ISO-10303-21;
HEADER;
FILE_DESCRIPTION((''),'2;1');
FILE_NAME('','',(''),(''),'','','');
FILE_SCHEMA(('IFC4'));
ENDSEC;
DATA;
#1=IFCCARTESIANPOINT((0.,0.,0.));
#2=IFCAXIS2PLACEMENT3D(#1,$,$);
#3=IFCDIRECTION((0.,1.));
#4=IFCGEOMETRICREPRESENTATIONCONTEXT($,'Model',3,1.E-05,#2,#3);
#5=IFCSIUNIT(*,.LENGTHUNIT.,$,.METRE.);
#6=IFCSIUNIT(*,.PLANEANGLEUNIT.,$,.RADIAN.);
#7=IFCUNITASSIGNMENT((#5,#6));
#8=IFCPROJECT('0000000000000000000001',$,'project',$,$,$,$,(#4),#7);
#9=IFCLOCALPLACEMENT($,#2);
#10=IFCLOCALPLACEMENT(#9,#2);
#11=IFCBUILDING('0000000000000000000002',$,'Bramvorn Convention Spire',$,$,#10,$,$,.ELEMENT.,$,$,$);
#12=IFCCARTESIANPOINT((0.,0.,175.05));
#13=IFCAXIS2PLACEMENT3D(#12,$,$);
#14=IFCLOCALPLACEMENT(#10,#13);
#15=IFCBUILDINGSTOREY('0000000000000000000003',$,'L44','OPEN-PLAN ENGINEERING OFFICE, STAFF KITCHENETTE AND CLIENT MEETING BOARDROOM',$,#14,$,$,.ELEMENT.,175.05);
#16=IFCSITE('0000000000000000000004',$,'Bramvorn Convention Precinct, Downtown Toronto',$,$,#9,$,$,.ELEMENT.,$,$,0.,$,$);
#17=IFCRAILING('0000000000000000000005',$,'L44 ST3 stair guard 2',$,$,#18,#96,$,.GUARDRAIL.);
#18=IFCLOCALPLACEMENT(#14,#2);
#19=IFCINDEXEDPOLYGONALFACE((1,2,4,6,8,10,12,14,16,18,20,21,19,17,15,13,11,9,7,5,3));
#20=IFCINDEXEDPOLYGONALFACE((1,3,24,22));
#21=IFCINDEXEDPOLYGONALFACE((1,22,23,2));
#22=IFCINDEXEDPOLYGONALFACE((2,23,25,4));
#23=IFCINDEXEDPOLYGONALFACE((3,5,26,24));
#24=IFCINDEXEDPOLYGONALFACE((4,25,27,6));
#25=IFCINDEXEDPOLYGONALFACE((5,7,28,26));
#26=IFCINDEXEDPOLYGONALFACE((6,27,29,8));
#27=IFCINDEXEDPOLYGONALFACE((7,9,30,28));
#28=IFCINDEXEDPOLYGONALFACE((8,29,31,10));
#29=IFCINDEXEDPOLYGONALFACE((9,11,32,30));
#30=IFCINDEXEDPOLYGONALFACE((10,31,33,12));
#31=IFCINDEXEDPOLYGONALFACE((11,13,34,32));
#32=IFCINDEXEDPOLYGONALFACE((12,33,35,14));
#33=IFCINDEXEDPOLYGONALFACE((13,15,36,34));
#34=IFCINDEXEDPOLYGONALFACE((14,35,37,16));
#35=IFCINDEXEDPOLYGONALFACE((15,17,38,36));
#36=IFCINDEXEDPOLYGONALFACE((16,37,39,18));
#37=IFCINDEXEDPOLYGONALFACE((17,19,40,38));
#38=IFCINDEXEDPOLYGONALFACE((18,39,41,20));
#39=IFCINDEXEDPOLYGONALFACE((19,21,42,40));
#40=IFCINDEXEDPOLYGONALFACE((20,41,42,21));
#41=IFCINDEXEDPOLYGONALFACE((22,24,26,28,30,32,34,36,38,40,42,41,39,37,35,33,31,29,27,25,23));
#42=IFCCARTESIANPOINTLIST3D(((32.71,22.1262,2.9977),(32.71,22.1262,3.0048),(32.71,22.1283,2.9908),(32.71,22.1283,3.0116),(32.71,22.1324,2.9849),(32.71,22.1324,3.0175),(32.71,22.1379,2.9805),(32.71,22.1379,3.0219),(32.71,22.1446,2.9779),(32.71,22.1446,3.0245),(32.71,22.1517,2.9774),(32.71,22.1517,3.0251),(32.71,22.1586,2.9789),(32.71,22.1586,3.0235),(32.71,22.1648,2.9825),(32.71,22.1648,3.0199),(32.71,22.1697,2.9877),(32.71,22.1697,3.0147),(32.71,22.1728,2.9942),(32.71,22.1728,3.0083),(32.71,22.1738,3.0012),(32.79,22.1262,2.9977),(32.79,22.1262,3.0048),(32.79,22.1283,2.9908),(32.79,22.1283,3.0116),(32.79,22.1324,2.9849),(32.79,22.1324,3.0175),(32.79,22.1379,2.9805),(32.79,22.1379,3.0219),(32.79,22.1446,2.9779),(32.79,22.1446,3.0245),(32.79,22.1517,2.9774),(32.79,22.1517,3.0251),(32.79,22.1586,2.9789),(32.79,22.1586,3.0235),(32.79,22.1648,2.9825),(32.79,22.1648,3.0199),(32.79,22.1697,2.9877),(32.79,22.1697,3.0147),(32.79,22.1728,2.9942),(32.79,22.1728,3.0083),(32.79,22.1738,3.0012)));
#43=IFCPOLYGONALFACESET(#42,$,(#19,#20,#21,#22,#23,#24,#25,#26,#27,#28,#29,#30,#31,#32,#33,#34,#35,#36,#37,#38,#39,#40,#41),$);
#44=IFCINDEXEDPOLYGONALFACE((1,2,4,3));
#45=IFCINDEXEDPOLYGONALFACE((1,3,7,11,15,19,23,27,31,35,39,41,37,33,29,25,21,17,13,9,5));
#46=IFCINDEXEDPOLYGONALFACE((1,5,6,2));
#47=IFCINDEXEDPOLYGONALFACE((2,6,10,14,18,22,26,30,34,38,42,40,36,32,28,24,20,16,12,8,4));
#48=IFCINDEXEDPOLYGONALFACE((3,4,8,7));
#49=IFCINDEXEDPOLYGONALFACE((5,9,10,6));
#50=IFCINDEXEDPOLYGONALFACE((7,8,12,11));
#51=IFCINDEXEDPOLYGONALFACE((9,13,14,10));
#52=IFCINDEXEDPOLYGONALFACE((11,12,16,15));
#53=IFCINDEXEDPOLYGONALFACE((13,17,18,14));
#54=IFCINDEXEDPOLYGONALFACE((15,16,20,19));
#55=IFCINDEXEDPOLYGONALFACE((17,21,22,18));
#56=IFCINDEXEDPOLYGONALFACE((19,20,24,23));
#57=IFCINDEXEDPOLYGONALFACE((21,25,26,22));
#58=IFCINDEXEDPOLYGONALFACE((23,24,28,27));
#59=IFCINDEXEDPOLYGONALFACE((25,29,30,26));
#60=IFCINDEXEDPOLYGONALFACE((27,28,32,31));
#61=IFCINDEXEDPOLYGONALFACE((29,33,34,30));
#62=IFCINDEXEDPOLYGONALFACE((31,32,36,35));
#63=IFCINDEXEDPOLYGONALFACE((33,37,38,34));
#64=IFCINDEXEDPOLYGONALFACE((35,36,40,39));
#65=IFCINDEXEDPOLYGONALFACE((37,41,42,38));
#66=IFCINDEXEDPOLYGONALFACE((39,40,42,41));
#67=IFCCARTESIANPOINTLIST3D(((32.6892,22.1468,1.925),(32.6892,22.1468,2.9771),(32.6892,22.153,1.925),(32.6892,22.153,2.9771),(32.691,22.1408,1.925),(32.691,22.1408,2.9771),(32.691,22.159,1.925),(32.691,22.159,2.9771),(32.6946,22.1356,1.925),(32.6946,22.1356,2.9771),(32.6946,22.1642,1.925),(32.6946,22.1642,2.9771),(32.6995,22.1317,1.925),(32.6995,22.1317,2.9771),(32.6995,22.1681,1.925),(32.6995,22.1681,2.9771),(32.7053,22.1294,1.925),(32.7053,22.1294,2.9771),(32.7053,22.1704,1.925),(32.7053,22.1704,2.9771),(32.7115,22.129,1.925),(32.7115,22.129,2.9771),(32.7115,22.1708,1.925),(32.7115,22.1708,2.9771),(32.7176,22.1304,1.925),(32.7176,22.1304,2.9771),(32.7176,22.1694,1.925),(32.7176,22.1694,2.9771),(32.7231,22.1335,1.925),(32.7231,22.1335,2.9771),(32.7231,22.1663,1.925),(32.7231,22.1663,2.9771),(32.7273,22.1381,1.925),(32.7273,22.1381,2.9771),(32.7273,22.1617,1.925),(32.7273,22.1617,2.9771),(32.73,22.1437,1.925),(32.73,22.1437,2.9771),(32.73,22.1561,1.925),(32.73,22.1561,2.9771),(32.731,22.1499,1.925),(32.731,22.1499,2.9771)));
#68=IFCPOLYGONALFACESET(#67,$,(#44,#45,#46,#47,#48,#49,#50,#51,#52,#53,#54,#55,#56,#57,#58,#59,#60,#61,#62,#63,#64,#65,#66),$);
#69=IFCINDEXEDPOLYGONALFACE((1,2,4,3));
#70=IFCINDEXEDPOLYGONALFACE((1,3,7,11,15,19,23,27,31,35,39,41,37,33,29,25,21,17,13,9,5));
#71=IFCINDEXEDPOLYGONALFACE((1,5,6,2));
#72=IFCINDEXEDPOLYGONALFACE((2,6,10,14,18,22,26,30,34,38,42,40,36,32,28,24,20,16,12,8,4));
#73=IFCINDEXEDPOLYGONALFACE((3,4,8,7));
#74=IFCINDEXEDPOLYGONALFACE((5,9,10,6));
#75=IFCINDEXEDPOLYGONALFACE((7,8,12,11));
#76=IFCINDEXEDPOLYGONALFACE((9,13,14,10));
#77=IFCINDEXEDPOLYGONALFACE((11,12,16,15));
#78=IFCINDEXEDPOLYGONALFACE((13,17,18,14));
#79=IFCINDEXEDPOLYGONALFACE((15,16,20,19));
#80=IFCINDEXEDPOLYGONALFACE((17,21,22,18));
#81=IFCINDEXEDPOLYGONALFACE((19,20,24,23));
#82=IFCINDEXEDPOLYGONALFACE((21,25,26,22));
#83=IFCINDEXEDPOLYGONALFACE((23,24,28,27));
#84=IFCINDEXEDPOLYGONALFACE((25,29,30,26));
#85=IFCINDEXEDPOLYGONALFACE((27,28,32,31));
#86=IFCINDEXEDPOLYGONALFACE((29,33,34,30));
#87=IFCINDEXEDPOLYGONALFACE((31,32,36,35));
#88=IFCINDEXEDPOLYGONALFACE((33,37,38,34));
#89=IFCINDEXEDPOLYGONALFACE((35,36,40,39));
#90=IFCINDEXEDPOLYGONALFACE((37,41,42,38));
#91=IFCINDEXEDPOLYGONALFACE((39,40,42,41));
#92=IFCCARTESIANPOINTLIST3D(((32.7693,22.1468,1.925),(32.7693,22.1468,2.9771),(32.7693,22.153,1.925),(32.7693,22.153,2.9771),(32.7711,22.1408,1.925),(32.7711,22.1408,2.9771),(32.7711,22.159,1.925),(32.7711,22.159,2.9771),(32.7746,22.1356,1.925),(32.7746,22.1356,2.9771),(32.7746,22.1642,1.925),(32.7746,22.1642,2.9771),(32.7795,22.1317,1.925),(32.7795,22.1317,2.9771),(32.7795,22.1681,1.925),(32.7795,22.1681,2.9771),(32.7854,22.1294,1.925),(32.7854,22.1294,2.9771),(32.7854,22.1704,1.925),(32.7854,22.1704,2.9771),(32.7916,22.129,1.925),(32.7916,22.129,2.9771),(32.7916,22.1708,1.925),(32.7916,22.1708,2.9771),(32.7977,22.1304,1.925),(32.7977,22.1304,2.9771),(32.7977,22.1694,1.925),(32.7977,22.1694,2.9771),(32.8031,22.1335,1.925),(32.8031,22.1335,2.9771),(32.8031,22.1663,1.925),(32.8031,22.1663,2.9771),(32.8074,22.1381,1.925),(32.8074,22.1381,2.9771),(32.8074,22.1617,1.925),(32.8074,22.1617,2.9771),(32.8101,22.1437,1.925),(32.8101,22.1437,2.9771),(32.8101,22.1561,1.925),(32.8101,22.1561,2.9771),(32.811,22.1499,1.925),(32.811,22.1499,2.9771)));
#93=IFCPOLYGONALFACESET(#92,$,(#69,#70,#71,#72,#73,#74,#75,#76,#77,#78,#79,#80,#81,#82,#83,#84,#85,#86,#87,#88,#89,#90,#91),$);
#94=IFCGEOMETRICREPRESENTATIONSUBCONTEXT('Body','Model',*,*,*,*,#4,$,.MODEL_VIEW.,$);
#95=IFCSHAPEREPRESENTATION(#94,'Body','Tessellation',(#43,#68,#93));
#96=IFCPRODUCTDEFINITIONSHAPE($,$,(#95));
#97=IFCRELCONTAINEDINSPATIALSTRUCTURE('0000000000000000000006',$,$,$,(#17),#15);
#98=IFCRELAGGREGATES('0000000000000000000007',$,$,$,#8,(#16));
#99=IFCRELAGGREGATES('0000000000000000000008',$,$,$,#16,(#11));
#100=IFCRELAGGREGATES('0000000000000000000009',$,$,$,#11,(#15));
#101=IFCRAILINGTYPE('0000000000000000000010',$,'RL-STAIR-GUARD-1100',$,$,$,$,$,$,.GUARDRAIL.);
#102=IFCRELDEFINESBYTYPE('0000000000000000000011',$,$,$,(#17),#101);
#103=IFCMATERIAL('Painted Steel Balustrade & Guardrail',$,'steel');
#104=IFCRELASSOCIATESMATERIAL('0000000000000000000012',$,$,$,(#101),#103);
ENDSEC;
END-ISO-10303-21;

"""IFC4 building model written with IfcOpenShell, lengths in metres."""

from ifc_helpers import new_model, si_unit, direction, frame, origin, origin_2d, place, context, subcontext, project, spatial, circle, extrude, material, type_object, element, save


model = new_model("IFC4")

# Units and contexts
model_context = context("Model", 3, precision=1e-05, world=origin(), true_north=direction((0.0, 1.0)))
body_context = subcontext(model_context, "Body", "Model", "MODEL_VIEW")
ifc_project = project(units=[si_unit("LENGTHUNIT", "METRE"), si_unit("PLANEANGLEUNIT", "RADIAN")], contexts=[model_context])

# Site, building, storey
site_placement = place(None, origin())
site = spatial("IfcSite", under=ifc_project, at=site_placement, Name="Bramvorn Convention Precinct, Downtown Toronto", CompositionType="ELEMENT", RefElevation=0.0)
building_placement = place(site_placement, origin())
building = spatial("IfcBuilding", under=site, at=building_placement, Name="Bramvorn Convention Spire", CompositionType="ELEMENT")
storey_placement = place(building_placement, frame((0.0, 0.0, 175.05)))
storey = spatial("IfcBuildingStorey", under=building, at=storey_placement, Name="L44", Description="OPEN-PLAN ENGINEERING OFFICE, STAFF KITCHENETTE AND CLIENT MEETING BOARDROOM", CompositionType="ELEMENT", Elevation=175.05)

# Railing
ifc_material_1 = material(Name="Painted Steel Balustrade & Guardrail", Category="steel")
railing_type_1 = type_object("IfcRailingType", Name="RL-STAIR-GUARD-1100", PredefinedType="GUARDRAIL", material=ifc_material_1)
railing_1_placement = place(storey_placement, frame((32.71, 22.1499, 1.925)))
element("IfcRailing", 1, at=railing_1_placement, inside=storey, type_object=railing_type_1, Name="L44 ST3 stair guard 2", PredefinedType="GUARDRAIL", context=body_context, shape_type="SweptSolid", body=[
    extrude(circle(Radius=0.0239, at=origin_2d()), frame((0.0, 0.0, 1.0762), z_axis=(1.0, 0.0, 0.0), x_axis=(0.0, 1.0, 0.0)), (0.0, 0.0, 1.0), 0.0801),
    extrude(circle(Radius=0.021, at=origin_2d()), origin(), (0.0, 0.0, 1.0), 1.052),
    extrude(circle(Radius=0.021, at=origin_2d()), frame((0.0801, 0.0, 0.0)), (0.0, 0.0, 1.0), 1.052),
])

save(model, "model.ifc")
